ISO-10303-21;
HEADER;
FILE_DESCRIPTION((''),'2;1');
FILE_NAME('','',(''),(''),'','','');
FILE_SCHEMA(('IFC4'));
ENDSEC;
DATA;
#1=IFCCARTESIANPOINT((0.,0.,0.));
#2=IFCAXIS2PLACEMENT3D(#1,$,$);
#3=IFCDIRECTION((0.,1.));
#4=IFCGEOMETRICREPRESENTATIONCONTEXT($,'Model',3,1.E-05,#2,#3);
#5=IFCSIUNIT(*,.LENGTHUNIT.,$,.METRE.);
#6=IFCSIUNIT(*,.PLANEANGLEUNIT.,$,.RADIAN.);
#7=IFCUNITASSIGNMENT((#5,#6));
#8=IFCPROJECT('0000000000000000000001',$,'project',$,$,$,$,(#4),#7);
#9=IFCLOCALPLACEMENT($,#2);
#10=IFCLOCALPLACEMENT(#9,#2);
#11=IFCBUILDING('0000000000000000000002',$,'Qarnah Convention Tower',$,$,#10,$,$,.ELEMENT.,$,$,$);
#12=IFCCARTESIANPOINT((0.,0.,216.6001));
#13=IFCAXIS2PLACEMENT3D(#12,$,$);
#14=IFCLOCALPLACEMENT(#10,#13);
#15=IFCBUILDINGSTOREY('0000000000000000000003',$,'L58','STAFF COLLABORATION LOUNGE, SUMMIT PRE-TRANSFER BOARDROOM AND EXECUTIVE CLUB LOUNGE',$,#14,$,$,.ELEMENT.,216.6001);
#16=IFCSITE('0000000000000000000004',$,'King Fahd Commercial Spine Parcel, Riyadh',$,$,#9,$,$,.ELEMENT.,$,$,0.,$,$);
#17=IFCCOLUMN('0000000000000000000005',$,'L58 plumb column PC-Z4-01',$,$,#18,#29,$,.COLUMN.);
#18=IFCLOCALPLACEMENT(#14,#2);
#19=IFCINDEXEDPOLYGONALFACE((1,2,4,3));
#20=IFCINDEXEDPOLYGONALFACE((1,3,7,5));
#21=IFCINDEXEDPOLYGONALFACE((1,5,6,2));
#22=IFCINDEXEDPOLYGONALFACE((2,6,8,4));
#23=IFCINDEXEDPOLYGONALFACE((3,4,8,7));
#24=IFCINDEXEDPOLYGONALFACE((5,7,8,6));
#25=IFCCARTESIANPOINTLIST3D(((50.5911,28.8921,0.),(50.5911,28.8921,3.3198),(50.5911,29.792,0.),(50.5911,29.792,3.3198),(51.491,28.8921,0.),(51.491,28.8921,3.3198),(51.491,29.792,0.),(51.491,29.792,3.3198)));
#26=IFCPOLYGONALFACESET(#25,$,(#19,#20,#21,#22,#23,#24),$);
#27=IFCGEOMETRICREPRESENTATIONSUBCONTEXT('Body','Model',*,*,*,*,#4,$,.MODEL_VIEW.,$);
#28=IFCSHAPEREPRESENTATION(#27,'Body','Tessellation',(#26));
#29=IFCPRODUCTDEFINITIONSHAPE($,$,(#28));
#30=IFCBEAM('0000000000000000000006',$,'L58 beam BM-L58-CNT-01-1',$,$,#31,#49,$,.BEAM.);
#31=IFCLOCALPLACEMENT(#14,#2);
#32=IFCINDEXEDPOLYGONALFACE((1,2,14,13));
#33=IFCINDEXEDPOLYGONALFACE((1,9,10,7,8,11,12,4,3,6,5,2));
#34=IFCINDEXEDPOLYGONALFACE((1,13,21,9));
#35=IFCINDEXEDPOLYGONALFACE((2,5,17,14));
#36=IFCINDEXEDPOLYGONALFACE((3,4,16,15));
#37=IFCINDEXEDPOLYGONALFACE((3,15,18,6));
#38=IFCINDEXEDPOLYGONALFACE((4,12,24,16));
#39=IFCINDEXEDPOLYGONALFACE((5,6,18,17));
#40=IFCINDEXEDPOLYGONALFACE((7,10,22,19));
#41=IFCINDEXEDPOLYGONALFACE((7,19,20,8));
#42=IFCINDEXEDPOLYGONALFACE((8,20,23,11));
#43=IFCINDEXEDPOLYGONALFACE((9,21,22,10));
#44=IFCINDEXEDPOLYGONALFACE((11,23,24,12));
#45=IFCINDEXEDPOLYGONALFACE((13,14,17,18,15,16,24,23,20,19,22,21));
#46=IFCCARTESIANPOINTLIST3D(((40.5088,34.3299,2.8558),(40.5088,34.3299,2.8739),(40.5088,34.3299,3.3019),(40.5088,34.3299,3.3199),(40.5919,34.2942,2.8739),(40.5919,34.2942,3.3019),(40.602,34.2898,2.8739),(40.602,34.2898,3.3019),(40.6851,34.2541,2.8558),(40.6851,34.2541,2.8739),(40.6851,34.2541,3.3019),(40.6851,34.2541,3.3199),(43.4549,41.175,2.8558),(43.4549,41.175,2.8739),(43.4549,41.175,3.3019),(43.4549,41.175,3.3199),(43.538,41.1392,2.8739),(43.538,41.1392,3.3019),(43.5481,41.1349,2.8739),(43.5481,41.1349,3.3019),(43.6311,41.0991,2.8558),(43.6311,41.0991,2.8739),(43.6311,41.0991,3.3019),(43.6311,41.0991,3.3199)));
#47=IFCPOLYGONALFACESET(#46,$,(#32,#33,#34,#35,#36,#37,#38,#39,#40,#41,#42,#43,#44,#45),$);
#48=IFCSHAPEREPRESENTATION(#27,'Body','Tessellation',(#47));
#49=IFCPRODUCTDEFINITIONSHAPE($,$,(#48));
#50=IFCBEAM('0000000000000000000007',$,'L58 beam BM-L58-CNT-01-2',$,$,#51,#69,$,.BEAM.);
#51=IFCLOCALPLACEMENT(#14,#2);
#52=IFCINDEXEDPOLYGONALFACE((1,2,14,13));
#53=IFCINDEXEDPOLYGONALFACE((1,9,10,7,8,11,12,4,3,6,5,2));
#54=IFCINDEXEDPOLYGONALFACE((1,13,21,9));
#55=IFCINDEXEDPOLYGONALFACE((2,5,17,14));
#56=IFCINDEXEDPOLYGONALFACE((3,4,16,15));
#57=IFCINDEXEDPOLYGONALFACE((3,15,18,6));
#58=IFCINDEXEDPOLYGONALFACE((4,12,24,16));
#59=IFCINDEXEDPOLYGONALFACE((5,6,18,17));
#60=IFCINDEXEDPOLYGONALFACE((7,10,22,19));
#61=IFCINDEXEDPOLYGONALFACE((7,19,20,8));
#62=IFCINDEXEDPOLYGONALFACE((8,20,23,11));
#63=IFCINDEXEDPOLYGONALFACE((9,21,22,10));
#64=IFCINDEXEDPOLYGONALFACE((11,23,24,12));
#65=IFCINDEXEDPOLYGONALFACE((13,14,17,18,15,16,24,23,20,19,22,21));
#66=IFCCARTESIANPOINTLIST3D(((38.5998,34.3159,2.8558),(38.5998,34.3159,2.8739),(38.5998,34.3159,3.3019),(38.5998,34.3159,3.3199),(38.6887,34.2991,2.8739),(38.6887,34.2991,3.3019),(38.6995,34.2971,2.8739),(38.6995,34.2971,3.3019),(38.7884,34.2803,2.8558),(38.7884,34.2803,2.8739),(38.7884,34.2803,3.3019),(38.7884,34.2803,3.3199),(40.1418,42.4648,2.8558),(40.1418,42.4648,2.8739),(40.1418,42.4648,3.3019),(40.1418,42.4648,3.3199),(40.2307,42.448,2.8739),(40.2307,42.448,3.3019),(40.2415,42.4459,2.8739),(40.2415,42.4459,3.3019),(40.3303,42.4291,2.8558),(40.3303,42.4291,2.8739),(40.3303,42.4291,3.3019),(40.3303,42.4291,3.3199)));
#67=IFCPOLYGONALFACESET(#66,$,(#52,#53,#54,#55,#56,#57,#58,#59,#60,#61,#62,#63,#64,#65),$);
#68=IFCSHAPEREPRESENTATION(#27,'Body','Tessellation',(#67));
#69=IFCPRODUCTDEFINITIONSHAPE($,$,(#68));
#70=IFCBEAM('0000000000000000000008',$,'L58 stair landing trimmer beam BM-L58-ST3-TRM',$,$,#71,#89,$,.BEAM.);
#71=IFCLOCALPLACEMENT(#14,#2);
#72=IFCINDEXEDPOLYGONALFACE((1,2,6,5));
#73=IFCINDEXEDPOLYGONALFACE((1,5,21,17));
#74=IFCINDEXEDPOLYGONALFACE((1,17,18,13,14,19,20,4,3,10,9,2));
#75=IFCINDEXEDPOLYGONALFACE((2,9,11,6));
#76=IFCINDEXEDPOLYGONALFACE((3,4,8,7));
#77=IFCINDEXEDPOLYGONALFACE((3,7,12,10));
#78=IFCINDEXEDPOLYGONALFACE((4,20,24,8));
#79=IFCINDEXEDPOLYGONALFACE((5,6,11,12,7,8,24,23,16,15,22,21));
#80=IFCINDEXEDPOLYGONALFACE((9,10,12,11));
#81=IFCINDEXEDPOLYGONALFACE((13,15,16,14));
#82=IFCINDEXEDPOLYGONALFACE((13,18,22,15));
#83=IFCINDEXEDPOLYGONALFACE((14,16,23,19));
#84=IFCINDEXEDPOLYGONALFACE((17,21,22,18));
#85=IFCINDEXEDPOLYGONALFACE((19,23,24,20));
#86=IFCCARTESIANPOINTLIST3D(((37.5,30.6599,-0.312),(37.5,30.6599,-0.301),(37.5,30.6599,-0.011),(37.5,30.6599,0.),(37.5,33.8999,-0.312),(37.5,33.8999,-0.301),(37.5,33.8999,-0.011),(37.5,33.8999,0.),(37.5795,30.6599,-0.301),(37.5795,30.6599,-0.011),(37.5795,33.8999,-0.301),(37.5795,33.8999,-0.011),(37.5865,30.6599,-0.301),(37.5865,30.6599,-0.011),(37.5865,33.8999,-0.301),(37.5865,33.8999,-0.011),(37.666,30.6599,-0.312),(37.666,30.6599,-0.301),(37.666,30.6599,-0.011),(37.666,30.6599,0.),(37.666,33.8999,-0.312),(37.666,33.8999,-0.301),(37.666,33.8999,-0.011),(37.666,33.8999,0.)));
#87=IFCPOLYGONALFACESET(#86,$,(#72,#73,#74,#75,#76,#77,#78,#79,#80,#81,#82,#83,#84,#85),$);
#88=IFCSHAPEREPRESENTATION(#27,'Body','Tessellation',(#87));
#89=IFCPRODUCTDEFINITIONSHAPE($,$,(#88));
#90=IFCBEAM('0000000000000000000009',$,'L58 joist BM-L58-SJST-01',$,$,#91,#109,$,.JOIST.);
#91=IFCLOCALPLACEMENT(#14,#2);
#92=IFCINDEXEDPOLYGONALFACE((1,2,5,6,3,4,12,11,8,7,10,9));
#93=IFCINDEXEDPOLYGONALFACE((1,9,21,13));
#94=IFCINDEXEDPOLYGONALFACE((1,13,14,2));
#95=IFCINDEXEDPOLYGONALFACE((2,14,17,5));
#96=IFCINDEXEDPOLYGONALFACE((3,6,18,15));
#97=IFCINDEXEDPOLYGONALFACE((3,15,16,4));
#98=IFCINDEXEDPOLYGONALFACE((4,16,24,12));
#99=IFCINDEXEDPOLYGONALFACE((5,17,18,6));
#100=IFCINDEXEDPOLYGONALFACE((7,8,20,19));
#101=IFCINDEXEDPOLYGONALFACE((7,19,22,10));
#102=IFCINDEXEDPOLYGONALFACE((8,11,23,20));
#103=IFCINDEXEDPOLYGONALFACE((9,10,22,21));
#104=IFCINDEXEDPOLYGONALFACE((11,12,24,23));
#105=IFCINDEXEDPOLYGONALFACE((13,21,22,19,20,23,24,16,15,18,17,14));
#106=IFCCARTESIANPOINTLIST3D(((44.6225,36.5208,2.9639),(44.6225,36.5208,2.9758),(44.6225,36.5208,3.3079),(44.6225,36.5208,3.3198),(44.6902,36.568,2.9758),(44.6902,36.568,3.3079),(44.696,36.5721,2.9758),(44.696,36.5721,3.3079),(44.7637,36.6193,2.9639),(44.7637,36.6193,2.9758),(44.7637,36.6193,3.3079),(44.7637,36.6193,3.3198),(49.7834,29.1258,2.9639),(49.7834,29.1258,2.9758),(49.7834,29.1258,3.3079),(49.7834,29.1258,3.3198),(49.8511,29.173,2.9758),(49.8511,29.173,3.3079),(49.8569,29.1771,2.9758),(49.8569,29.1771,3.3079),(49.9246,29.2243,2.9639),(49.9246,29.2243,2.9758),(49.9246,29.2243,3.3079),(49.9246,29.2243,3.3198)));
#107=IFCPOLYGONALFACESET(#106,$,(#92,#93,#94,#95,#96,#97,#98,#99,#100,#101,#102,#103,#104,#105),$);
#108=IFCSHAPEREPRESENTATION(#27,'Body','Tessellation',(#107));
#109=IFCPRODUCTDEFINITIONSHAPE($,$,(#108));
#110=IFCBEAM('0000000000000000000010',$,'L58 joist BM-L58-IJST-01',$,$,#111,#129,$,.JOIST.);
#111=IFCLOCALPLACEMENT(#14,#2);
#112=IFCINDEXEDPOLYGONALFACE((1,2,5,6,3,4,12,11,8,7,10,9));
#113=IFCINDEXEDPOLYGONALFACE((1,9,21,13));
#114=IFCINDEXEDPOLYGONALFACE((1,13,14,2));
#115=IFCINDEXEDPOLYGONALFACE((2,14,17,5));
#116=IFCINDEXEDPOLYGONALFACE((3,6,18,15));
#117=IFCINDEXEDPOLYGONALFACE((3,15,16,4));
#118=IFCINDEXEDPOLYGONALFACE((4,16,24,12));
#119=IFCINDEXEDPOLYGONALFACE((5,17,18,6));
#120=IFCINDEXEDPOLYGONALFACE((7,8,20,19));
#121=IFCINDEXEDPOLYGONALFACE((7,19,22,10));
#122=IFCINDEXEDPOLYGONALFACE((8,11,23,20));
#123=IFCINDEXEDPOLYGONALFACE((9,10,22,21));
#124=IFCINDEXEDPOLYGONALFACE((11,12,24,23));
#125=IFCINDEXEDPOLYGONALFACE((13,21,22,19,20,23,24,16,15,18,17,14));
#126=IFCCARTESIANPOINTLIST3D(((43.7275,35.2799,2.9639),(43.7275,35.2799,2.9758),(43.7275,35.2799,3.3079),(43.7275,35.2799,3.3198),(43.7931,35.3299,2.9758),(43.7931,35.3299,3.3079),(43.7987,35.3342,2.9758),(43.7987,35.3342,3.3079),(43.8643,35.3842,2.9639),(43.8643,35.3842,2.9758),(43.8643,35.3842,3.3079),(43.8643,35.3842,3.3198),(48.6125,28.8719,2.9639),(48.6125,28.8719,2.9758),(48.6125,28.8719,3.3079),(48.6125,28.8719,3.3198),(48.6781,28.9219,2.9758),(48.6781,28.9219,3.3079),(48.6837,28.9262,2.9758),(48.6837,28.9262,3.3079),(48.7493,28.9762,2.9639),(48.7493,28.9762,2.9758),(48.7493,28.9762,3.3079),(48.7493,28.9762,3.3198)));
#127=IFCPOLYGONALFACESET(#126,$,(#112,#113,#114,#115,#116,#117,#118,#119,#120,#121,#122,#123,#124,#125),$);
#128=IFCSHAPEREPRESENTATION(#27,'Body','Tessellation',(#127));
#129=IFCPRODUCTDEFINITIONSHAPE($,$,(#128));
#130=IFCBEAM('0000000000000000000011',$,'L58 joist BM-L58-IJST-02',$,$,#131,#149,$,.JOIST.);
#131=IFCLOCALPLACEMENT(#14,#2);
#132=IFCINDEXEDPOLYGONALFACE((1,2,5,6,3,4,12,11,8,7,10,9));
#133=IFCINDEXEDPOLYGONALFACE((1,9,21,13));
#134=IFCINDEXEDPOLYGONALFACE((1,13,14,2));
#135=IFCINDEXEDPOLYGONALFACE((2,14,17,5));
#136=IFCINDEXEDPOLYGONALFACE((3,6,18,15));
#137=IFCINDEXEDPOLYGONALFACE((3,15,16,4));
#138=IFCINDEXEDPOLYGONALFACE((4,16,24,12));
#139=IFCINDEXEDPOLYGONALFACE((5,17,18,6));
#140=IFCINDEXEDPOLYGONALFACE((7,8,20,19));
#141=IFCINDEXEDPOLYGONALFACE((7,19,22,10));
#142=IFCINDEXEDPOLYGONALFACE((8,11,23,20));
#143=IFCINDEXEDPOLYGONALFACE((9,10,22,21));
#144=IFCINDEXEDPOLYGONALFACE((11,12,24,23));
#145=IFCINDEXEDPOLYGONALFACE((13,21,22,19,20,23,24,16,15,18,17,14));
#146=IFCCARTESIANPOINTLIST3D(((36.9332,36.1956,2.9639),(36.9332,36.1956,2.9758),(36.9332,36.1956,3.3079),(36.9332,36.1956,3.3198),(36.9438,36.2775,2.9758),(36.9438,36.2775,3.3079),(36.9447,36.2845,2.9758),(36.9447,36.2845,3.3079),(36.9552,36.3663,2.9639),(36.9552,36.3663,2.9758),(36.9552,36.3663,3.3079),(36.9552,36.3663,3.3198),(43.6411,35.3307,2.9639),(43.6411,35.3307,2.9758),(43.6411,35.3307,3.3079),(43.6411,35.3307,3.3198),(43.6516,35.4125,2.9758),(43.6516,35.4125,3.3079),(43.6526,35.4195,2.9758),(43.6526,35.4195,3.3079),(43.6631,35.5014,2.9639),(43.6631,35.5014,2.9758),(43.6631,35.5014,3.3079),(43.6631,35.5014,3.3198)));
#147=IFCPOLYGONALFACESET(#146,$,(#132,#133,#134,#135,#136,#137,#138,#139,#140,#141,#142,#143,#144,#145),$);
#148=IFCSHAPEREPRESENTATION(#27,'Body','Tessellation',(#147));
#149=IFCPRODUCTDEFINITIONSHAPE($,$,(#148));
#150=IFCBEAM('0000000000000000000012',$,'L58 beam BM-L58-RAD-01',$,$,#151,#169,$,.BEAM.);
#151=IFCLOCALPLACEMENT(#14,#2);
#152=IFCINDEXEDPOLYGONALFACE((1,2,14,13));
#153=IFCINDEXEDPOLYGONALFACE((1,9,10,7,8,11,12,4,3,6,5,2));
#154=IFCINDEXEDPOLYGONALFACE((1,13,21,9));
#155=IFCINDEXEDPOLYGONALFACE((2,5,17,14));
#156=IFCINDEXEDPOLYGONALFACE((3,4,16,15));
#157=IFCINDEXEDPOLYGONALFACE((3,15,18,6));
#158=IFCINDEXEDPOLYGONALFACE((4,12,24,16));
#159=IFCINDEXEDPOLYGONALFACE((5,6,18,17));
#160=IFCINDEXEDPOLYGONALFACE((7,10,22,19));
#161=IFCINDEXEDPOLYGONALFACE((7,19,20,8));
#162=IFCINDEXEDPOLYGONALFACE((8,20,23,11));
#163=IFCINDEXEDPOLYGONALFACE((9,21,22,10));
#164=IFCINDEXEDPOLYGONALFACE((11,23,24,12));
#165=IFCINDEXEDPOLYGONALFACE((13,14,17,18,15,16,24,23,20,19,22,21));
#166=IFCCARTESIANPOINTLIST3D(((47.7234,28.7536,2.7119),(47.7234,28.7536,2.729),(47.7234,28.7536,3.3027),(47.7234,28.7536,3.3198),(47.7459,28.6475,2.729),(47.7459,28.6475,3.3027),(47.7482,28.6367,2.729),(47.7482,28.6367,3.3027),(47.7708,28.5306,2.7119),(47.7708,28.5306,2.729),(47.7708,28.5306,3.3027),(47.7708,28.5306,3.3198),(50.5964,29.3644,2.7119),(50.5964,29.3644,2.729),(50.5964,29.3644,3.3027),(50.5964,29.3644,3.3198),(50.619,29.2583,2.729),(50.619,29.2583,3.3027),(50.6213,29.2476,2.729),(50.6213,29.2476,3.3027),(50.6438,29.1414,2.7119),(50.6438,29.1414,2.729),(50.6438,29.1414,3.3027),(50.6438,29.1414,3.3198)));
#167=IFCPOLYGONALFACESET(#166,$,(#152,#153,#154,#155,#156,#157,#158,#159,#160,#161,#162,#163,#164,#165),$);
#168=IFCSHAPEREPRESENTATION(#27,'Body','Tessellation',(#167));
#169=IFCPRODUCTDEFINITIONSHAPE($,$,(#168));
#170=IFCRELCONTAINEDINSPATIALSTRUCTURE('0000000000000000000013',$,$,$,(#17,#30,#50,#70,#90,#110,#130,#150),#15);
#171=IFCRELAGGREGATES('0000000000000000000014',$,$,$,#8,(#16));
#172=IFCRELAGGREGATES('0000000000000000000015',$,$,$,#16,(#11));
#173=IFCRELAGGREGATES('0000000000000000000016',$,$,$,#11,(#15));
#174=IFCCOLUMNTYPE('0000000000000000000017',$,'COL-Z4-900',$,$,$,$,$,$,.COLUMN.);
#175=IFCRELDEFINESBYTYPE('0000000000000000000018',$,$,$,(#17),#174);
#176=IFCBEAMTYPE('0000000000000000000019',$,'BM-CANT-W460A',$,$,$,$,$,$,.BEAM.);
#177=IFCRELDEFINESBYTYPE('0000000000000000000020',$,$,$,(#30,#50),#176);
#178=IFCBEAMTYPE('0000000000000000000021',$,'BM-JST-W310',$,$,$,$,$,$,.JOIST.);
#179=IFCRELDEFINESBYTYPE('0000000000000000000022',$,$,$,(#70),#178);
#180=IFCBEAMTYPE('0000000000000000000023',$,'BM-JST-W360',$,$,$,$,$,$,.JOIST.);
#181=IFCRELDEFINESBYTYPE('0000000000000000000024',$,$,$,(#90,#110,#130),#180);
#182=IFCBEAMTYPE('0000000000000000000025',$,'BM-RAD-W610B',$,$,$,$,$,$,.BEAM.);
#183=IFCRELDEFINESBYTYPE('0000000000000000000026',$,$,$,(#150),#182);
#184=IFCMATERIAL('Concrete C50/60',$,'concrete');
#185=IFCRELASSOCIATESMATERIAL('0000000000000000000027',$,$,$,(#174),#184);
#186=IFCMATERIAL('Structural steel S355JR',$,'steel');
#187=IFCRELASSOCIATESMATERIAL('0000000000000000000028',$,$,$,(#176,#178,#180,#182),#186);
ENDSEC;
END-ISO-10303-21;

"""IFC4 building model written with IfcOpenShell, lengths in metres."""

from ifc_helpers import new_model, si_unit, direction, frame, origin, origin_2d, place, context, subcontext, project, spatial, rectangle, i_section, extrude, material, material_profile, profile_set, type_object, element, save


model = new_model("IFC4")

# Units and contexts
model_context = context("Model", 3, precision=1e-05, world=origin(), true_north=direction((0.0, 1.0)))
body_context = subcontext(model_context, "Body", "Model", "MODEL_VIEW")
ifc_project = project(units=[si_unit("LENGTHUNIT", "METRE"), si_unit("PLANEANGLEUNIT", "RADIAN")], contexts=[model_context])

# Site, building, storey
site_placement = place(None, origin())
site = spatial("IfcSite", under=ifc_project, at=site_placement, Name="King Fahd Commercial Spine Parcel, Riyadh", CompositionType="ELEMENT", RefElevation=0.0)
building_placement = place(site_placement, origin())
building = spatial("IfcBuilding", under=site, at=building_placement, Name="Qarnah Convention Tower", CompositionType="ELEMENT")
storey_placement = place(building_placement, frame((0.0, 0.0, 216.6001)))
storey = spatial("IfcBuildingStorey", under=building, at=storey_placement, Name="L58", Description="STAFF COLLABORATION LOUNGE, SUMMIT PRE-TRANSFER BOARDROOM AND EXECUTIVE CLUB LOUNGE", CompositionType="ELEMENT", Elevation=216.6001)

# Column
ifc_material_1 = material(Name="Concrete C50/60", Category="concrete")
ifc_material_profile_1 = material_profile(ifc_material_1, rectangle(XDim=0.8999, YDim=0.8999, at=origin_2d()), Name="RC-COL-900X900")
ifc_profile_set_1 = profile_set([ifc_material_profile_1], Name="Concrete C50/60")
column_type = type_object("IfcColumnType", Name="COL-Z4-900", PredefinedType="COLUMN", material=ifc_profile_set_1)
column_placement = place(storey_placement, frame((51.041, 29.342, 0.0), z_axis=(0.0, 0.0, 1.0), x_axis=(1.0, 0.0, 0.0)))
element("IfcColumn", 1, at=column_placement, inside=storey, type_object=column_type, Name="L58 plumb column PC-Z4-01", PredefinedType="COLUMN", context=body_context, shape_type="SweptSolid", body=[
    extrude(rectangle(XDim=0.8999, YDim=0.8999, at=origin_2d()), origin(), (0.0, 0.0, 1.0), 3.3198),
])

# Beams
ifc_material_2 = material(Name="Structural steel S355JR", Category="steel")
ifc_material_profile_2 = material_profile(ifc_material_2, i_section(OverallWidth=0.1919, OverallDepth=0.4641, WebThickness=0.011, FlangeThickness=0.0181, at=origin_2d()), Name="W460X89")
ifc_profile_set_2 = profile_set([ifc_material_profile_2], Name="Structural steel S355JR")
beam_type_1 = type_object("IfcBeamType", Name="BM-CANT-W460A", PredefinedType="BEAM", material=ifc_profile_set_2)
beam_1_placement = place(storey_placement, frame((40.5969, 34.292, 3.0879), z_axis=(0.395334, 0.918537, 0.0), x_axis=(-0.918537, 0.395334, 0.0)))
element("IfcBeam", 2, at=beam_1_placement, inside=storey, type_object=beam_type_1, Name="L58 beam BM-L58-CNT-01-1", PredefinedType="BEAM", context=body_context, shape_type="SweptSolid", body=[
    extrude(i_section(OverallWidth=0.1919, OverallDepth=0.4641, WebThickness=0.011, FlangeThickness=0.0181, at=origin_2d()), origin(), (0.0, 0.0, 1.0), 7.4521),
])
beam_2_placement = place(storey_placement, frame((38.6941, 34.2981, 3.0879), z_axis=(0.185927, 0.982564, 0.0), x_axis=(-0.982564, 0.185927, 0.0)))
element("IfcBeam", 3, at=beam_2_placement, inside=storey, type_object=beam_type_1, Name="L58 beam BM-L58-CNT-01-2", PredefinedType="BEAM", context=body_context, shape_type="SweptSolid", body=[
    extrude(i_section(OverallWidth=0.1919, OverallDepth=0.4641, WebThickness=0.011, FlangeThickness=0.0181, at=origin_2d()), origin(), (0.0, 0.0, 1.0), 8.2935),
])
ifc_material_profile_3 = material_profile(ifc_material_2, i_section(OverallWidth=0.166, OverallDepth=0.312, WebThickness=0.0071, FlangeThickness=0.011, at=origin_2d()), Name="W310X45")
ifc_profile_set_3 = profile_set([ifc_material_profile_3], Name="Structural steel S355JR")
beam_type_2 = type_object("IfcBeamType", Name="BM-JST-W310", PredefinedType="JOIST", material=ifc_profile_set_3)
beam_3_placement = place(storey_placement, frame((37.583, 30.6599, -0.156), z_axis=(0.0, 1.0, 0.0), x_axis=(-1.0, 0.0, 0.0)))
element("IfcBeam", 4, at=beam_3_placement, inside=storey, type_object=beam_type_2, Name="L58 stair landing trimmer beam BM-L58-ST3-TRM", PredefinedType="BEAM", context=body_context, shape_type="SweptSolid", body=[
    extrude(i_section(OverallWidth=0.166, OverallDepth=0.312, WebThickness=0.0071, FlangeThickness=0.011, at=origin_2d()), origin(), (0.0, 0.0, 1.0), 3.24),
])
ifc_material_profile_4 = material_profile(ifc_material_2, i_section(OverallWidth=0.1721, OverallDepth=0.356, WebThickness=0.0071, FlangeThickness=0.012, at=origin_2d()), Name="W360X51")
ifc_profile_set_4 = profile_set([ifc_material_profile_4], Name="Structural steel S355JR")
beam_type_3 = type_object("IfcBeamType", Name="BM-JST-W360", PredefinedType="JOIST", material=ifc_profile_set_4)
beam_4_placement = place(storey_placement, frame((49.854, 29.175, 3.1418), z_axis=(-0.572299, 0.820045, 0.0), x_axis=(-0.820045, -0.572299, 0.0)))
element("IfcBeam", 5, at=beam_4_placement, inside=storey, type_object=beam_type_3, Name="L58 joist BM-L58-SJST-01", PredefinedType="JOIST", context=body_context, shape_type="SweptSolid", body=[
    extrude(i_section(OverallWidth=0.1721, OverallDepth=0.356, WebThickness=0.0071, FlangeThickness=0.012, at=origin_2d()), origin(), (0.0, 0.0, 1.0), 9.0178),
])
beam_5_placement = place(storey_placement, frame((48.6809, 28.9241, 3.1418), z_axis=(-0.60626, 0.795267, 0.0), x_axis=(-0.795267, -0.60626, 0.0)))
element("IfcBeam", 6, at=beam_5_placement, inside=storey, type_object=beam_type_3, Name="L58 joist BM-L58-IJST-01", PredefinedType="JOIST", context=body_context, shape_type="SweptSolid", body=[
    extrude(i_section(OverallWidth=0.1721, OverallDepth=0.356, WebThickness=0.0071, FlangeThickness=0.012, at=origin_2d()), origin(), (0.0, 0.0, 1.0), 8.0576),
])
beam_6_placement = place(storey_placement, frame((43.6521, 35.416, 3.1418), z_axis=(-0.991788, 0.12789, 0.0), x_axis=(-0.12789, -0.991788, 0.0)))
element("IfcBeam", 7, at=beam_6_placement, inside=storey, type_object=beam_type_3, Name="L58 joist BM-L58-IJST-02", PredefinedType="JOIST", context=body_context, shape_type="SweptSolid", body=[
    extrude(i_section(OverallWidth=0.1721, OverallDepth=0.356, WebThickness=0.0071, FlangeThickness=0.012, at=origin_2d()), origin(), (0.0, 0.0, 1.0), 6.7634),
])
ifc_material_profile_5 = material_profile(ifc_material_2, i_section(OverallWidth=0.228, OverallDepth=0.6079, WebThickness=0.011, FlangeThickness=0.0171, at=origin_2d()), Name="W610X113")
ifc_profile_set_5 = profile_set([ifc_material_profile_5], Name="Structural steel S355JR")
beam_type_4 = type_object("IfcBeamType", Name="BM-RAD-W610B", PredefinedType="BEAM", material=ifc_profile_set_5)
beam_7_placement = place(storey_placement, frame((47.7471, 28.6421, 3.0159), z_axis=(0.978137, 0.207962, 0.0), x_axis=(-0.207962, 0.978137, 0.0)))
element("IfcBeam", 8, at=beam_7_placement, inside=storey, type_object=beam_type_4, Name="L58 beam BM-L58-RAD-01", PredefinedType="BEAM", context=body_context, shape_type="SweptSolid", body=[
    extrude(i_section(OverallWidth=0.228, OverallDepth=0.6079, WebThickness=0.011, FlangeThickness=0.0171, at=origin_2d()), origin(), (0.0, 0.0, 1.0), 2.9373),
])

save(model, "model.ifc")
